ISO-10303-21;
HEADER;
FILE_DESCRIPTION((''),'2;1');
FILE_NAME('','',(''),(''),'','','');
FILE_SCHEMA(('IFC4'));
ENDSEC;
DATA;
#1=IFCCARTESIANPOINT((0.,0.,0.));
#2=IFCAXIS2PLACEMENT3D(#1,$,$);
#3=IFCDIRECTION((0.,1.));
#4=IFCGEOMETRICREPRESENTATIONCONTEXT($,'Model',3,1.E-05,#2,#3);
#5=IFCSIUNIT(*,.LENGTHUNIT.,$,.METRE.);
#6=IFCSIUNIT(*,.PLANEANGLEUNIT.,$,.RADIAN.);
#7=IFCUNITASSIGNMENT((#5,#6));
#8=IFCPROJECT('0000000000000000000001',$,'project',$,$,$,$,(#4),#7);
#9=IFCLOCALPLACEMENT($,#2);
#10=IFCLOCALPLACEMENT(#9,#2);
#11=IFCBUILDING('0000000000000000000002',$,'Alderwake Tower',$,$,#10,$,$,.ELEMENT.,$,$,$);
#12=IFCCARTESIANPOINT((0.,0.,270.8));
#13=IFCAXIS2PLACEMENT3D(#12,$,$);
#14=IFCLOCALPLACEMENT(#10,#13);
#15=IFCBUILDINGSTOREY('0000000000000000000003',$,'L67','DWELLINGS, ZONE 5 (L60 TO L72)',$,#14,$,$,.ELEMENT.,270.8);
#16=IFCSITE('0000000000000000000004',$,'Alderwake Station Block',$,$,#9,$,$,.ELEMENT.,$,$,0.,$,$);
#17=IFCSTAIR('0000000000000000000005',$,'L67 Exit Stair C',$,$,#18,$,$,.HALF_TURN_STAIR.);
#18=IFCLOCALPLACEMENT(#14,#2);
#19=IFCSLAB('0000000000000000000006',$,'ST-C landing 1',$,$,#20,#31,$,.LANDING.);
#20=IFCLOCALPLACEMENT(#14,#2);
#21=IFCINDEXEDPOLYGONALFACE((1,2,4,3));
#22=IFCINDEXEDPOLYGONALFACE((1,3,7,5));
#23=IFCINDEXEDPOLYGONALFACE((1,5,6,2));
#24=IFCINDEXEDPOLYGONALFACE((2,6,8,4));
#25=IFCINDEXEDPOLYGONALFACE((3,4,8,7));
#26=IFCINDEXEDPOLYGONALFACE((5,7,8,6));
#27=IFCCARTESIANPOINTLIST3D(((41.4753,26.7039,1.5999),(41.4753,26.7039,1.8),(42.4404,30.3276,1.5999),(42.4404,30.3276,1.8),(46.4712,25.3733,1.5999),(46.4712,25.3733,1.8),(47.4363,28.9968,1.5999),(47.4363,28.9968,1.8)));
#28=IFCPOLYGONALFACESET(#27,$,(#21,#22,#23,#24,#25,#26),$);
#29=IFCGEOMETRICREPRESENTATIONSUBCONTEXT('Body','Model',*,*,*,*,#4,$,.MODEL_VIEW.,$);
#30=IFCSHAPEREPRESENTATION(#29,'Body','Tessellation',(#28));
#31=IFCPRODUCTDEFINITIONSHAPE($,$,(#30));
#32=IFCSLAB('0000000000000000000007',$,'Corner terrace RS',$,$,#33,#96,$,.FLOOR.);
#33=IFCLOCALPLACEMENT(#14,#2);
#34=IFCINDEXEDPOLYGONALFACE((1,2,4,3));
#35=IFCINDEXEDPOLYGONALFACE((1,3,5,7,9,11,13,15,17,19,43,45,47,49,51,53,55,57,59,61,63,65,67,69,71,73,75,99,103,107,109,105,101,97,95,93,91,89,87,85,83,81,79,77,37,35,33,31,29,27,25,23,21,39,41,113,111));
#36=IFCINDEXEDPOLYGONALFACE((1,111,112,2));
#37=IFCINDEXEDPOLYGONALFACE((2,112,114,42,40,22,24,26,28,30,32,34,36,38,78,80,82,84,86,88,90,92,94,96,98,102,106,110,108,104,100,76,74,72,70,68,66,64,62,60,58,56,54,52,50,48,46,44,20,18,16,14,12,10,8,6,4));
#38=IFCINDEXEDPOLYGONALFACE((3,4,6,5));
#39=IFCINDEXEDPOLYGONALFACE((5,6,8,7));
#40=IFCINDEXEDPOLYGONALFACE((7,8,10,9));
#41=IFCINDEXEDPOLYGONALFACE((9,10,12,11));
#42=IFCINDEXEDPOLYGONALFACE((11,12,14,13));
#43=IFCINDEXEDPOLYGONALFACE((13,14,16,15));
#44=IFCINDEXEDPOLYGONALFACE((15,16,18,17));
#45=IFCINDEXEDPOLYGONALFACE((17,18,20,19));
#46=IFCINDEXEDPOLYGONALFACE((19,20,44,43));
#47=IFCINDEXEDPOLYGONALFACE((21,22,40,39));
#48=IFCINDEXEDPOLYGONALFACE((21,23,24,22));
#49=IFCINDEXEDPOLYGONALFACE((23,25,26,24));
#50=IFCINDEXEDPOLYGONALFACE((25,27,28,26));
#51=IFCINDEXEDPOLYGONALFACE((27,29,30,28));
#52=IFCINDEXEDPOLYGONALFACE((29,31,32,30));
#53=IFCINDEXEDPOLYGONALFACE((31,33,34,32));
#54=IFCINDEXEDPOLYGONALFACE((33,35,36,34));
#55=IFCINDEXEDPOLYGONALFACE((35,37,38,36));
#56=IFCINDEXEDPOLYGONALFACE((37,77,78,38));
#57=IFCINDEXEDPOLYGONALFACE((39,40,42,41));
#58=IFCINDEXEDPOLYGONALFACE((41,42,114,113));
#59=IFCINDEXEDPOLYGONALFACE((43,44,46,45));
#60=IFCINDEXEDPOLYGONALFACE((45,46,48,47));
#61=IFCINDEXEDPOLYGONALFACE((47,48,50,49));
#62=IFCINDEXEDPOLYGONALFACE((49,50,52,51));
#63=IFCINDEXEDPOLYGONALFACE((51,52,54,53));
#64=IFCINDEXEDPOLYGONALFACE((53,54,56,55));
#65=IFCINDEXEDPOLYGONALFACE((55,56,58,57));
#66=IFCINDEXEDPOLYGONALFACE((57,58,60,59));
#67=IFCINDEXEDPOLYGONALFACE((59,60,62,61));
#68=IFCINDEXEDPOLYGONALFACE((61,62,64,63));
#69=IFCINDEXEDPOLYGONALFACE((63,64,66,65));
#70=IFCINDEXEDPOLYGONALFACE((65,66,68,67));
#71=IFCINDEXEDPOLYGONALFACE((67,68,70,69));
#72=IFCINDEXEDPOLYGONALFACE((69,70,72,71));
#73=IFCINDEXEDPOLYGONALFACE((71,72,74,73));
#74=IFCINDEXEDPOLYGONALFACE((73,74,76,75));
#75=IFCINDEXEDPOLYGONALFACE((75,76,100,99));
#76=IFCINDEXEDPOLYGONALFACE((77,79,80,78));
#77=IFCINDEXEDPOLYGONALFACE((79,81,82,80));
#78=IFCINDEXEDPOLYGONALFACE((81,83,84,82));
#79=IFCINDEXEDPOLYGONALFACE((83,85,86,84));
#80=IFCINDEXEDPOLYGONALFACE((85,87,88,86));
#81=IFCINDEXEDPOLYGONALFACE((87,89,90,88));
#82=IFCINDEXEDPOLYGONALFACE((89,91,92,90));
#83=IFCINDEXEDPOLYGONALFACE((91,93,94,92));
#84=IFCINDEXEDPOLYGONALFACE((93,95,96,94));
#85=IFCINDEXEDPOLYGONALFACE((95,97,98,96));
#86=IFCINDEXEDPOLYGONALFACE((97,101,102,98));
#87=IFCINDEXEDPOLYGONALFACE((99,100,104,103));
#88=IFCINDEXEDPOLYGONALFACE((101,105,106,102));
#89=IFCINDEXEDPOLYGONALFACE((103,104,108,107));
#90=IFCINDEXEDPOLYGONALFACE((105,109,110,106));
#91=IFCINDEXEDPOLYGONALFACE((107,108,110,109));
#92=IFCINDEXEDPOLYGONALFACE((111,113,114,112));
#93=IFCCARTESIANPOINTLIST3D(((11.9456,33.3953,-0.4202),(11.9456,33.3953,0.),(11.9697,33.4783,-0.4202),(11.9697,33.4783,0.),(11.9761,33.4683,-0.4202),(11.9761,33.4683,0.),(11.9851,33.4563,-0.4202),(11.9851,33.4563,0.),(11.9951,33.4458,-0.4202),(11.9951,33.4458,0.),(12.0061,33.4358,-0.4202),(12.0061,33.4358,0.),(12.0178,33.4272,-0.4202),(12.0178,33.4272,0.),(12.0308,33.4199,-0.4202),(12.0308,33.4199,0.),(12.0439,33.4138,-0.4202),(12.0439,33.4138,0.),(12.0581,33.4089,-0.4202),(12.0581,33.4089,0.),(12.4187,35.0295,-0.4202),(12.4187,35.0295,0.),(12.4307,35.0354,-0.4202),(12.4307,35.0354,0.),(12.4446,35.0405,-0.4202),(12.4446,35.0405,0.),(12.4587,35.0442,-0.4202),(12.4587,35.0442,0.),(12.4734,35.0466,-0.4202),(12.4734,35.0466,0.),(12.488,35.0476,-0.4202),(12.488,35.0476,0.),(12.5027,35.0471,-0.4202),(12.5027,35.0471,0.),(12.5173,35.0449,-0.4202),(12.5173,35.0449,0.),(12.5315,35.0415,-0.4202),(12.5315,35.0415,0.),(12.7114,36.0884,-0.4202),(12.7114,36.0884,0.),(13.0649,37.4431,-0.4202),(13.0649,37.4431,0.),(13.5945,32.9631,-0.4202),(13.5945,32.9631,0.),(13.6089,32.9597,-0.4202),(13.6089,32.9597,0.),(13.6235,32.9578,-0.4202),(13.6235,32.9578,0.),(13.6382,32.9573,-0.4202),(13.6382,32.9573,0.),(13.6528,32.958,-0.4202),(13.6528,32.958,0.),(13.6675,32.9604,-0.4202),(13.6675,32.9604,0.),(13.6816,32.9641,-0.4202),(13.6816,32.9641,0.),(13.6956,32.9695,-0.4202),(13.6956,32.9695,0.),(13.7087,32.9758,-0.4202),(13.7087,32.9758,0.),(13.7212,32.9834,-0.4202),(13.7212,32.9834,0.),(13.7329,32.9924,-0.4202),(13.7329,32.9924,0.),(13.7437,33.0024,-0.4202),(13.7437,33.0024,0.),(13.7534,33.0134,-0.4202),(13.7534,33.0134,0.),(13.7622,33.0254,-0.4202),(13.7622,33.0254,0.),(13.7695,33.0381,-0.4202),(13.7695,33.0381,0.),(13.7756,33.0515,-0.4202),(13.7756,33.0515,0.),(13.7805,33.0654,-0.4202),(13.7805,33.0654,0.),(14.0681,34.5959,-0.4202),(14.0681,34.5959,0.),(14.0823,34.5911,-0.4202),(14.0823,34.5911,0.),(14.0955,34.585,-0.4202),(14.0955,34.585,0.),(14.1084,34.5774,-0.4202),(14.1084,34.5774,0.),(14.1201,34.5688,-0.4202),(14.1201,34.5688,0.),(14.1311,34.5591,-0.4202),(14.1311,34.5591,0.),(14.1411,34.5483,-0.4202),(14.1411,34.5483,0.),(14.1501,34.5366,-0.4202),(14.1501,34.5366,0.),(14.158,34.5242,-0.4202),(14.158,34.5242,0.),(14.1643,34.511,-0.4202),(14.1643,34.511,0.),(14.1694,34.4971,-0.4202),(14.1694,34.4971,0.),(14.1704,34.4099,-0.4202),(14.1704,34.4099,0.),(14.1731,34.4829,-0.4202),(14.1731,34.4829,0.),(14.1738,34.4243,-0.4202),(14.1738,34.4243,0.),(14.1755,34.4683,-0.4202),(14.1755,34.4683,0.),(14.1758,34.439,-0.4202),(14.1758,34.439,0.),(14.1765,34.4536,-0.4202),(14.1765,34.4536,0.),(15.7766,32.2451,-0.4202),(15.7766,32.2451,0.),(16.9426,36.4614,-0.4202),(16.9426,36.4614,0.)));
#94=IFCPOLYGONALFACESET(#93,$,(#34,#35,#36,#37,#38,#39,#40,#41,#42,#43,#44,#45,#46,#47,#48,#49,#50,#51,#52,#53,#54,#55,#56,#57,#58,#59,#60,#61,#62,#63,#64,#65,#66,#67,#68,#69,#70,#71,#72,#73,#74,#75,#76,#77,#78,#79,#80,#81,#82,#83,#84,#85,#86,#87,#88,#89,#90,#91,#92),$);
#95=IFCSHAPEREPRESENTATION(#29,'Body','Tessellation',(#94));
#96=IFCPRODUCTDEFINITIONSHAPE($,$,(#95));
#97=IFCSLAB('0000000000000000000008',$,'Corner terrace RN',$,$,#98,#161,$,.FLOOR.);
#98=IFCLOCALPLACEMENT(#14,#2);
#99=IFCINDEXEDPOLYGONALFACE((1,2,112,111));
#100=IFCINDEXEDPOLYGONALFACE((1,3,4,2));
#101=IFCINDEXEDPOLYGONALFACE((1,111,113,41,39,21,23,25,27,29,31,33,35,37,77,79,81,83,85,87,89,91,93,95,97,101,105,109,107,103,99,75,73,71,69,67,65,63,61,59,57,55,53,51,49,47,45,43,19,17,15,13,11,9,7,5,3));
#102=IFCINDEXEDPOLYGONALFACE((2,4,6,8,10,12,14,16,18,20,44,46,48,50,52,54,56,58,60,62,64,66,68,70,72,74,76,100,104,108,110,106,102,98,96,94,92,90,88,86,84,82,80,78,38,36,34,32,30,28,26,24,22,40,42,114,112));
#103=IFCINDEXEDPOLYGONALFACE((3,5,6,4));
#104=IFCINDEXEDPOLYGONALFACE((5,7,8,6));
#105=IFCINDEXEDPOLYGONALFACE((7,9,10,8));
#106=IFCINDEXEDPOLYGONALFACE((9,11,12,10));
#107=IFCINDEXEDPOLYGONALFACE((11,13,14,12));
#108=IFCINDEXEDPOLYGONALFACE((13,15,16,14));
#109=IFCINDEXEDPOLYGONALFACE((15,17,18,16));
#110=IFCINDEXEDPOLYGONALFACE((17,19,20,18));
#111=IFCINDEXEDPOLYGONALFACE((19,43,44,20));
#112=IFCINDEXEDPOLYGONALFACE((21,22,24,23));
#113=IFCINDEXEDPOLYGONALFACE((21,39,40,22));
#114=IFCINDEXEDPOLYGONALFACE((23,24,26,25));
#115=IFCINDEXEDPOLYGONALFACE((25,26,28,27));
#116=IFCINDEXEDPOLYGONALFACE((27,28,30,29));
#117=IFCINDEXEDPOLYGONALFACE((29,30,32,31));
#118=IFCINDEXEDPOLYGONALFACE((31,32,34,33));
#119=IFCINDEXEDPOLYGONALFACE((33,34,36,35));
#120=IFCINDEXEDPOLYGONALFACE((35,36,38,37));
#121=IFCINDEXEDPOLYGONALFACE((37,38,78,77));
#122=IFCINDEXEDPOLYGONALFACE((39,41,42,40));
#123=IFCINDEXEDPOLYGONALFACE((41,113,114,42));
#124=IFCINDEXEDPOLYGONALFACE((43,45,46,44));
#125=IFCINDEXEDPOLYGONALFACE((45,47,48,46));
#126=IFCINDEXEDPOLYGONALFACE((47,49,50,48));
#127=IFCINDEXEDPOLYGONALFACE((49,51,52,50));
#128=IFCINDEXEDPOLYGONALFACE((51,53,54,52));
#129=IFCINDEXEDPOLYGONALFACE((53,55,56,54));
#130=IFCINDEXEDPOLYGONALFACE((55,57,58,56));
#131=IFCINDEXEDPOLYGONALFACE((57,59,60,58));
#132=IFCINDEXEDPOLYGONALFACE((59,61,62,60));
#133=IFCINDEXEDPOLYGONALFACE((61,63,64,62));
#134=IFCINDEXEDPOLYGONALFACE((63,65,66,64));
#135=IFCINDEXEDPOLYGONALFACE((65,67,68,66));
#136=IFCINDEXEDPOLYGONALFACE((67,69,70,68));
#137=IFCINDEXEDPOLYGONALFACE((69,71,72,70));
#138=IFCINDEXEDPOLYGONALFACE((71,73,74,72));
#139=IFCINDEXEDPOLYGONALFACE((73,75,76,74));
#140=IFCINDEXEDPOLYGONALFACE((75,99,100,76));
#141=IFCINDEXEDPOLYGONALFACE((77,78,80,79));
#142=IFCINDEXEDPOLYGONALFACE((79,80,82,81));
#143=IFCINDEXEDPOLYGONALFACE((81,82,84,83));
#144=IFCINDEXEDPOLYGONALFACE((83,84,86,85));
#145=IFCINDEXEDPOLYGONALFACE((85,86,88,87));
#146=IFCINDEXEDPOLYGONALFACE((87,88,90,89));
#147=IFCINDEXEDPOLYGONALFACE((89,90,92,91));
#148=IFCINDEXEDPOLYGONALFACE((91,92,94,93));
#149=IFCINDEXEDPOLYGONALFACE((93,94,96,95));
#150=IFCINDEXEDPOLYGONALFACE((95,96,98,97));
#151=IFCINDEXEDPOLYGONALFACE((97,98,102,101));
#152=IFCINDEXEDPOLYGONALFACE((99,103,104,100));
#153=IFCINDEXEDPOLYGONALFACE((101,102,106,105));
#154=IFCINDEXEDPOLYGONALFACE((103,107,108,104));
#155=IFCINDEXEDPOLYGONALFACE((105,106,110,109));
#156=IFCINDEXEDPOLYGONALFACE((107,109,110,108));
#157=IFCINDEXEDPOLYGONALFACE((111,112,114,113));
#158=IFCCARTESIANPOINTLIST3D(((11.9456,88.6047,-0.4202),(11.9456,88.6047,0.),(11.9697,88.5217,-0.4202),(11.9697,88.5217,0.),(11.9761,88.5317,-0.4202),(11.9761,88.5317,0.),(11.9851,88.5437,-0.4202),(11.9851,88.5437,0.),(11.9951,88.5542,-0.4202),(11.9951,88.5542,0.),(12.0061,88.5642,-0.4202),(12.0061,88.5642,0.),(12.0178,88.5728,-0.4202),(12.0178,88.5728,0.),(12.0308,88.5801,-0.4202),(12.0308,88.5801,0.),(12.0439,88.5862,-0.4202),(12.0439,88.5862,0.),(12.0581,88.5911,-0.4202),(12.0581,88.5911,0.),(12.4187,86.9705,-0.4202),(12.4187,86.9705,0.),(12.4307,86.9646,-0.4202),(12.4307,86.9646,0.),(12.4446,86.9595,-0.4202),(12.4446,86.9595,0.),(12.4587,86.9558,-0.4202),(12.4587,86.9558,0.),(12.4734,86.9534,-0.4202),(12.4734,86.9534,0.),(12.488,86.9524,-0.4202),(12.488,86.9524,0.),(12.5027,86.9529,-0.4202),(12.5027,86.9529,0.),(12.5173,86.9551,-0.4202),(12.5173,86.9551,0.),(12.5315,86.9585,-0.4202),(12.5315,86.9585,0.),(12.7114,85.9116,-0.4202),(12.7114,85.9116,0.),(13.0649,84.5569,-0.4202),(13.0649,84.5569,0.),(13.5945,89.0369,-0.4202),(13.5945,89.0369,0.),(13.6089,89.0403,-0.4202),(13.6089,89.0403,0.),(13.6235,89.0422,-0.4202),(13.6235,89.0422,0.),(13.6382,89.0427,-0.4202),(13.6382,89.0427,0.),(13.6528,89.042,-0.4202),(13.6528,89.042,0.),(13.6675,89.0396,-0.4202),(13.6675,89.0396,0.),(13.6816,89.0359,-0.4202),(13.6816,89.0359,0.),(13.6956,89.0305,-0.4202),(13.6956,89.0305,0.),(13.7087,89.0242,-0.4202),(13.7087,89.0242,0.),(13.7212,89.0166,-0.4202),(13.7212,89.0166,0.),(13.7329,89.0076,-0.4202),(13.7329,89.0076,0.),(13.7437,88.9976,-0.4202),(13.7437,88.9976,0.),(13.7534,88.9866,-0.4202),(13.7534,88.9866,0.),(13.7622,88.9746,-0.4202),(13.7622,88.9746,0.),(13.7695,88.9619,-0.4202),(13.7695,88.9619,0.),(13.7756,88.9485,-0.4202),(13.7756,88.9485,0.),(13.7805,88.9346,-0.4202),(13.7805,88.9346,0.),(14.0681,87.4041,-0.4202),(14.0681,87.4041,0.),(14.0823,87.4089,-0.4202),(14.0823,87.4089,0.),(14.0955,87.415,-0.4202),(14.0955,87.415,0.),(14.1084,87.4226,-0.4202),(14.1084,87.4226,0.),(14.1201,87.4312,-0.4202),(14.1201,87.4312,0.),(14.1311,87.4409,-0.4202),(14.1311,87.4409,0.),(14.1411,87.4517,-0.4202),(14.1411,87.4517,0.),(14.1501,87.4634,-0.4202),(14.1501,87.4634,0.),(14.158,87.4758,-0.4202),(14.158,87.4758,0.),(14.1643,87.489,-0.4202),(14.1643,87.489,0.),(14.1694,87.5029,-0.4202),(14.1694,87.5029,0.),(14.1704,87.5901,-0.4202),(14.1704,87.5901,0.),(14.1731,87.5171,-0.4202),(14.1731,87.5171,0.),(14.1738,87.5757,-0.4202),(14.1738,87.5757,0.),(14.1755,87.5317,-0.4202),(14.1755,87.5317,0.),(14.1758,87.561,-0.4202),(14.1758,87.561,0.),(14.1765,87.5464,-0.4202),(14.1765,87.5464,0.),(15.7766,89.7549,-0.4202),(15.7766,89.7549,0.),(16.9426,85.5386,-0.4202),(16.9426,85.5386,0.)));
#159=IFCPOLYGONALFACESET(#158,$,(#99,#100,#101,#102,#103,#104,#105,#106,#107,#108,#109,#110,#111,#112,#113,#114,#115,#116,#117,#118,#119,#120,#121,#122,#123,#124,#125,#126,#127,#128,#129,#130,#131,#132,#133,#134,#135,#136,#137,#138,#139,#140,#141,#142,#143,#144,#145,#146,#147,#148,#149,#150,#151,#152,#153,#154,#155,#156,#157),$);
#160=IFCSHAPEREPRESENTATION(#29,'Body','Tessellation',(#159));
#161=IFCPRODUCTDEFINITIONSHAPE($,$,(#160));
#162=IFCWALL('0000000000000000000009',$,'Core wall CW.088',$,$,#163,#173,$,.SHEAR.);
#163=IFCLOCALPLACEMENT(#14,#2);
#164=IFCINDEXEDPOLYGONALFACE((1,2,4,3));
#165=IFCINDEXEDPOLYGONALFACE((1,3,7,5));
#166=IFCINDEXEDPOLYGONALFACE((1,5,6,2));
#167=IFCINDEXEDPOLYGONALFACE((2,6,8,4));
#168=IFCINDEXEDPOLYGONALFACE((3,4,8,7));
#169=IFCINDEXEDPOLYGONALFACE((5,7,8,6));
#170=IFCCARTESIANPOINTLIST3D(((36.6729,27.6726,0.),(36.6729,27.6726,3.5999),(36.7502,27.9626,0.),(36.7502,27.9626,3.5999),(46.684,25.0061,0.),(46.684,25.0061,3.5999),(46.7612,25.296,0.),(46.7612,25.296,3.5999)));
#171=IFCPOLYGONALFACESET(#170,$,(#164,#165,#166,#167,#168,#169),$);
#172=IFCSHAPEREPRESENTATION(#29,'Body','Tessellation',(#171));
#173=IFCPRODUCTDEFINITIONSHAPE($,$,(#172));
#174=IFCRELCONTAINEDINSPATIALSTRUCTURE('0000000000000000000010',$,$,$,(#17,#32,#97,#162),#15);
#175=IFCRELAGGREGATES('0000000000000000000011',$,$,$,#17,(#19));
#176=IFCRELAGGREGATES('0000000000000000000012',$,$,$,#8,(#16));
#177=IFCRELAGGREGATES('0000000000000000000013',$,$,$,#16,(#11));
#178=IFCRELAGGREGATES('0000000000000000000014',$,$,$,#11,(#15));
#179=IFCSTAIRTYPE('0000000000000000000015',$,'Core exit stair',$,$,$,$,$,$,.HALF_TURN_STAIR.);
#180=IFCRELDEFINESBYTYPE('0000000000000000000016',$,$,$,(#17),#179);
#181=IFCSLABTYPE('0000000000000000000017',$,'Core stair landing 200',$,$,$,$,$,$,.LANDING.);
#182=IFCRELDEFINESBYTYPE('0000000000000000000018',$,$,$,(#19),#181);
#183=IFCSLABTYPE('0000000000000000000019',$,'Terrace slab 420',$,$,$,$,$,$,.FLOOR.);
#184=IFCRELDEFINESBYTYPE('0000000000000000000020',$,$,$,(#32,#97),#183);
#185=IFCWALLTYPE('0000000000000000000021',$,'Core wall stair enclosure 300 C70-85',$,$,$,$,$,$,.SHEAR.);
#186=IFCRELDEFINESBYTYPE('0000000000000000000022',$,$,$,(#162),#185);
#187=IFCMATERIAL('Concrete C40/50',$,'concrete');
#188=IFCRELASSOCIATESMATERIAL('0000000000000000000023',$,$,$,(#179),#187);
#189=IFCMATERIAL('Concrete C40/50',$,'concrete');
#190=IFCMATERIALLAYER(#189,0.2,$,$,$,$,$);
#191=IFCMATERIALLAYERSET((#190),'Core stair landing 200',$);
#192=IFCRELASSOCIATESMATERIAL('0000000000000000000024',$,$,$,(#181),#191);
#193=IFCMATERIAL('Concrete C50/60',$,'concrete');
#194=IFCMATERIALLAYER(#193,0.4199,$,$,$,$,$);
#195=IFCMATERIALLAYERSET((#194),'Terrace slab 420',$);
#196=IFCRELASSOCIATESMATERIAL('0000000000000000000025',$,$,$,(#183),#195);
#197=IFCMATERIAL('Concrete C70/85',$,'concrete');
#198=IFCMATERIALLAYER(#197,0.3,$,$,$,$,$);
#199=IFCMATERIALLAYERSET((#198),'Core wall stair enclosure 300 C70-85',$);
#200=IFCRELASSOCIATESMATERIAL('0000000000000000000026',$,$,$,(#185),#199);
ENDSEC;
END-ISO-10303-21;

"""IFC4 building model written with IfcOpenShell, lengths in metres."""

from ifc_helpers import new_model, si_unit, direction, frame, frame_2d, origin, place, context, subcontext, project, spatial, polyline, rectangle, outline, extrude, material, layer, layer_set, type_object, element, aggregate, save


model = new_model("IFC4")

# Units and contexts
model_context = context("Model", 3, precision=1e-05, world=origin(), true_north=direction((0.0, 1.0)))
body_context = subcontext(model_context, "Body", "Model", "MODEL_VIEW")
ifc_project = project(units=[si_unit("LENGTHUNIT", "METRE"), si_unit("PLANEANGLEUNIT", "RADIAN")], contexts=[model_context])

# Site, building, storey
site_placement = place(None, origin())
site = spatial("IfcSite", under=ifc_project, at=site_placement, Name="Alderwake Station Block", CompositionType="ELEMENT", RefElevation=0.0)
building_placement = place(site_placement, origin())
building = spatial("IfcBuilding", under=site, at=building_placement, Name="Alderwake Tower", CompositionType="ELEMENT")
storey_placement = place(building_placement, frame((0.0, 0.0, 270.8)))
storey = spatial("IfcBuildingStorey", under=building, at=storey_placement, Name="L67", Description="DWELLINGS, ZONE 5 (L60 TO L72)", CompositionType="ELEMENT", Elevation=270.8)

# Stair, slab
ifc_material_1 = material(Name="Concrete C40/50", Category="concrete")
stair_type = type_object("IfcStairType", Name="Core exit stair", PredefinedType="HALF_TURN_STAIR", material=ifc_material_1)
ifc_material_2 = material(Name="Concrete C40/50", Category="concrete")
ifc_layer_1 = layer(ifc_material_2, 0.2)
ifc_layer_set_1 = layer_set([ifc_layer_1], Name="Core stair landing 200")
slab_type_1 = type_object("IfcSlabType", Name="Core stair landing 200", PredefinedType="LANDING", material=ifc_layer_set_1)
stair_1_placement = place(storey_placement, origin())
stair_1 = element("IfcStair", 1, at=stair_1_placement, inside=storey, type_object=stair_type, Name="L67 Exit Stair C", PredefinedType="HALF_TURN_STAIR")
slab_1_placement = place(storey_placement, frame((0.0, 0.0, 1.5999)))
slab_1 = element("IfcSlab", 2, at=slab_1_placement, type_object=slab_type_1, Name="ST-C landing 1", PredefinedType="LANDING", context=body_context, shape_type="SweptSolid", body=[
    extrude(outline(polyline([(41.4753, 26.7039), (46.4712, 25.3733), (47.4363, 28.9968), (42.4404, 30.3276), (41.4753, 26.7039)])), origin(), (0.0, 0.0, 1.0), 0.2002),
])
aggregate(stair_1, [slab_1])

# Slabs
ifc_material_3 = material(Name="Concrete C50/60", Category="concrete")
ifc_layer_2 = layer(ifc_material_3, 0.4199)
ifc_layer_set_2 = layer_set([ifc_layer_2], Name="Terrace slab 420")
slab_type_2 = type_object("IfcSlabType", Name="Terrace slab 420", PredefinedType="FLOOR", material=ifc_layer_set_2)
slab_2_placement = place(storey_placement, frame((0.0, 0.0, -0.4202)))
element("IfcSlab", 3, at=slab_2_placement, inside=storey, type_object=slab_type_2, Name="Corner terrace RS", PredefinedType="FLOOR", context=body_context, shape_type="SweptSolid", body=[
    extrude(outline(polyline([(15.7766, 32.2451), (11.9456, 33.3953), (11.9697, 33.4783), (11.9761, 33.4683), (11.9851, 33.4563), (11.9951, 33.4458), (12.0061, 33.4358), (12.0178, 33.4272), (12.0308, 33.4199), (12.0439, 33.4138), (12.0581, 33.4089), (13.5945, 32.9631), (13.6089, 32.9597), (13.6235, 32.9578), (13.6382, 32.9573), (13.6528, 32.958), (13.6675, 32.9604), (13.6816, 32.9641), (13.6956, 32.9695), (13.7087, 32.9758), (13.7212, 32.9834), (13.7329, 32.9924), (13.7437, 33.0024), (13.7534, 33.0134), (13.7622, 33.0254), (13.7695, 33.0381), (13.7756, 33.0515), (13.7805, 33.0654), (14.1704, 34.4099), (14.1738, 34.4243), (14.1758, 34.439), (14.1765, 34.4536), (14.1755, 34.4683), (14.1731, 34.4829), (14.1694, 34.4971), (14.1643, 34.511), (14.158, 34.5242), (14.1501, 34.5366), (14.1411, 34.5483), (14.1311, 34.5591), (14.1201, 34.5688), (14.1084, 34.5774), (14.0955, 34.585), (14.0823, 34.5911), (14.0681, 34.5959), (12.5315, 35.0415), (12.5173, 35.0449), (12.5027, 35.0471), (12.488, 35.0476), (12.4734, 35.0466), (12.4587, 35.0442), (12.4446, 35.0405), (12.4307, 35.0354), (12.4187, 35.0295), (12.7114, 36.0884), (13.0649, 37.4431), (16.9426, 36.4614), (15.7766, 32.2451)])), origin(), (0.0, 0.0, 1.0), 0.4202),
])
slab_3_placement = place(storey_placement, frame((0.0, 0.0, -0.4202)))
element("IfcSlab", 4, at=slab_3_placement, inside=storey, type_object=slab_type_2, Name="Corner terrace RN", PredefinedType="FLOOR", context=body_context, shape_type="SweptSolid", body=[
    extrude(outline(polyline([(12.4187, 86.9705), (12.4307, 86.9646), (12.4446, 86.9595), (12.4587, 86.9558), (12.4734, 86.9534), (12.488, 86.9524), (12.5027, 86.9529), (12.5173, 86.9551), (12.5315, 86.9585), (14.0681, 87.4041), (14.0823, 87.4089), (14.0955, 87.415), (14.1084, 87.4226), (14.1201, 87.4312), (14.1311, 87.4409), (14.1411, 87.4517), (14.1501, 87.4634), (14.158, 87.4758), (14.1643, 87.489), (14.1694, 87.5029), (14.1731, 87.5171), (14.1755, 87.5317), (14.1765, 87.5464), (14.1758, 87.561), (14.1738, 87.5757), (14.1704, 87.5901), (13.7805, 88.9346), (13.7756, 88.9485), (13.7695, 88.9619), (13.7622, 88.9746), (13.7534, 88.9866), (13.7437, 88.9976), (13.7329, 89.0076), (13.7212, 89.0166), (13.7087, 89.0242), (13.6956, 89.0305), (13.6816, 89.0359), (13.6675, 89.0396), (13.6528, 89.042), (13.6382, 89.0427), (13.6235, 89.0422), (13.6089, 89.0403), (13.5945, 89.0369), (12.0581, 88.5911), (12.0439, 88.5862), (12.0308, 88.5801), (12.0178, 88.5728), (12.0061, 88.5642), (11.9951, 88.5542), (11.9851, 88.5437), (11.9761, 88.5317), (11.9697, 88.5217), (11.9456, 88.6047), (15.7766, 89.7549), (16.9426, 85.5386), (13.0649, 84.5569), (12.7114, 85.9116), (12.4187, 86.9705)])), origin(), (0.0, 0.0, 1.0), 0.4202),
])

# Wall
ifc_material_4 = material(Name="Concrete C70/85", Category="concrete")
ifc_layer_3 = layer(ifc_material_4, 0.3)
ifc_layer_set_3 = layer_set([ifc_layer_3], Name="Core wall stair enclosure 300 C70-85")
wall_type_1 = type_object("IfcWallType", Name="Core wall stair enclosure 300 C70-85", PredefinedType="SHEAR", material=ifc_layer_set_3)
wall_1_placement = place(storey_placement, frame((36.7114, 27.8176, 0.0), z_axis=(0.0, 0.0, 1.0), x_axis=(0.966309, -0.257384, 0.0)))
element("IfcWall", 5, at=wall_1_placement, inside=storey, type_object=wall_type_1, Name="Core wall CW.088", PredefinedType="SHEAR", context=body_context, shape_type="SweptSolid", body=[
    extrude(rectangle(XDim=10.3601, YDim=0.3, at=frame_2d((5.1802, 0.0))), origin(), (0.0, 0.0, 1.0), 3.5999),
])

save(model, "model.ifc")
